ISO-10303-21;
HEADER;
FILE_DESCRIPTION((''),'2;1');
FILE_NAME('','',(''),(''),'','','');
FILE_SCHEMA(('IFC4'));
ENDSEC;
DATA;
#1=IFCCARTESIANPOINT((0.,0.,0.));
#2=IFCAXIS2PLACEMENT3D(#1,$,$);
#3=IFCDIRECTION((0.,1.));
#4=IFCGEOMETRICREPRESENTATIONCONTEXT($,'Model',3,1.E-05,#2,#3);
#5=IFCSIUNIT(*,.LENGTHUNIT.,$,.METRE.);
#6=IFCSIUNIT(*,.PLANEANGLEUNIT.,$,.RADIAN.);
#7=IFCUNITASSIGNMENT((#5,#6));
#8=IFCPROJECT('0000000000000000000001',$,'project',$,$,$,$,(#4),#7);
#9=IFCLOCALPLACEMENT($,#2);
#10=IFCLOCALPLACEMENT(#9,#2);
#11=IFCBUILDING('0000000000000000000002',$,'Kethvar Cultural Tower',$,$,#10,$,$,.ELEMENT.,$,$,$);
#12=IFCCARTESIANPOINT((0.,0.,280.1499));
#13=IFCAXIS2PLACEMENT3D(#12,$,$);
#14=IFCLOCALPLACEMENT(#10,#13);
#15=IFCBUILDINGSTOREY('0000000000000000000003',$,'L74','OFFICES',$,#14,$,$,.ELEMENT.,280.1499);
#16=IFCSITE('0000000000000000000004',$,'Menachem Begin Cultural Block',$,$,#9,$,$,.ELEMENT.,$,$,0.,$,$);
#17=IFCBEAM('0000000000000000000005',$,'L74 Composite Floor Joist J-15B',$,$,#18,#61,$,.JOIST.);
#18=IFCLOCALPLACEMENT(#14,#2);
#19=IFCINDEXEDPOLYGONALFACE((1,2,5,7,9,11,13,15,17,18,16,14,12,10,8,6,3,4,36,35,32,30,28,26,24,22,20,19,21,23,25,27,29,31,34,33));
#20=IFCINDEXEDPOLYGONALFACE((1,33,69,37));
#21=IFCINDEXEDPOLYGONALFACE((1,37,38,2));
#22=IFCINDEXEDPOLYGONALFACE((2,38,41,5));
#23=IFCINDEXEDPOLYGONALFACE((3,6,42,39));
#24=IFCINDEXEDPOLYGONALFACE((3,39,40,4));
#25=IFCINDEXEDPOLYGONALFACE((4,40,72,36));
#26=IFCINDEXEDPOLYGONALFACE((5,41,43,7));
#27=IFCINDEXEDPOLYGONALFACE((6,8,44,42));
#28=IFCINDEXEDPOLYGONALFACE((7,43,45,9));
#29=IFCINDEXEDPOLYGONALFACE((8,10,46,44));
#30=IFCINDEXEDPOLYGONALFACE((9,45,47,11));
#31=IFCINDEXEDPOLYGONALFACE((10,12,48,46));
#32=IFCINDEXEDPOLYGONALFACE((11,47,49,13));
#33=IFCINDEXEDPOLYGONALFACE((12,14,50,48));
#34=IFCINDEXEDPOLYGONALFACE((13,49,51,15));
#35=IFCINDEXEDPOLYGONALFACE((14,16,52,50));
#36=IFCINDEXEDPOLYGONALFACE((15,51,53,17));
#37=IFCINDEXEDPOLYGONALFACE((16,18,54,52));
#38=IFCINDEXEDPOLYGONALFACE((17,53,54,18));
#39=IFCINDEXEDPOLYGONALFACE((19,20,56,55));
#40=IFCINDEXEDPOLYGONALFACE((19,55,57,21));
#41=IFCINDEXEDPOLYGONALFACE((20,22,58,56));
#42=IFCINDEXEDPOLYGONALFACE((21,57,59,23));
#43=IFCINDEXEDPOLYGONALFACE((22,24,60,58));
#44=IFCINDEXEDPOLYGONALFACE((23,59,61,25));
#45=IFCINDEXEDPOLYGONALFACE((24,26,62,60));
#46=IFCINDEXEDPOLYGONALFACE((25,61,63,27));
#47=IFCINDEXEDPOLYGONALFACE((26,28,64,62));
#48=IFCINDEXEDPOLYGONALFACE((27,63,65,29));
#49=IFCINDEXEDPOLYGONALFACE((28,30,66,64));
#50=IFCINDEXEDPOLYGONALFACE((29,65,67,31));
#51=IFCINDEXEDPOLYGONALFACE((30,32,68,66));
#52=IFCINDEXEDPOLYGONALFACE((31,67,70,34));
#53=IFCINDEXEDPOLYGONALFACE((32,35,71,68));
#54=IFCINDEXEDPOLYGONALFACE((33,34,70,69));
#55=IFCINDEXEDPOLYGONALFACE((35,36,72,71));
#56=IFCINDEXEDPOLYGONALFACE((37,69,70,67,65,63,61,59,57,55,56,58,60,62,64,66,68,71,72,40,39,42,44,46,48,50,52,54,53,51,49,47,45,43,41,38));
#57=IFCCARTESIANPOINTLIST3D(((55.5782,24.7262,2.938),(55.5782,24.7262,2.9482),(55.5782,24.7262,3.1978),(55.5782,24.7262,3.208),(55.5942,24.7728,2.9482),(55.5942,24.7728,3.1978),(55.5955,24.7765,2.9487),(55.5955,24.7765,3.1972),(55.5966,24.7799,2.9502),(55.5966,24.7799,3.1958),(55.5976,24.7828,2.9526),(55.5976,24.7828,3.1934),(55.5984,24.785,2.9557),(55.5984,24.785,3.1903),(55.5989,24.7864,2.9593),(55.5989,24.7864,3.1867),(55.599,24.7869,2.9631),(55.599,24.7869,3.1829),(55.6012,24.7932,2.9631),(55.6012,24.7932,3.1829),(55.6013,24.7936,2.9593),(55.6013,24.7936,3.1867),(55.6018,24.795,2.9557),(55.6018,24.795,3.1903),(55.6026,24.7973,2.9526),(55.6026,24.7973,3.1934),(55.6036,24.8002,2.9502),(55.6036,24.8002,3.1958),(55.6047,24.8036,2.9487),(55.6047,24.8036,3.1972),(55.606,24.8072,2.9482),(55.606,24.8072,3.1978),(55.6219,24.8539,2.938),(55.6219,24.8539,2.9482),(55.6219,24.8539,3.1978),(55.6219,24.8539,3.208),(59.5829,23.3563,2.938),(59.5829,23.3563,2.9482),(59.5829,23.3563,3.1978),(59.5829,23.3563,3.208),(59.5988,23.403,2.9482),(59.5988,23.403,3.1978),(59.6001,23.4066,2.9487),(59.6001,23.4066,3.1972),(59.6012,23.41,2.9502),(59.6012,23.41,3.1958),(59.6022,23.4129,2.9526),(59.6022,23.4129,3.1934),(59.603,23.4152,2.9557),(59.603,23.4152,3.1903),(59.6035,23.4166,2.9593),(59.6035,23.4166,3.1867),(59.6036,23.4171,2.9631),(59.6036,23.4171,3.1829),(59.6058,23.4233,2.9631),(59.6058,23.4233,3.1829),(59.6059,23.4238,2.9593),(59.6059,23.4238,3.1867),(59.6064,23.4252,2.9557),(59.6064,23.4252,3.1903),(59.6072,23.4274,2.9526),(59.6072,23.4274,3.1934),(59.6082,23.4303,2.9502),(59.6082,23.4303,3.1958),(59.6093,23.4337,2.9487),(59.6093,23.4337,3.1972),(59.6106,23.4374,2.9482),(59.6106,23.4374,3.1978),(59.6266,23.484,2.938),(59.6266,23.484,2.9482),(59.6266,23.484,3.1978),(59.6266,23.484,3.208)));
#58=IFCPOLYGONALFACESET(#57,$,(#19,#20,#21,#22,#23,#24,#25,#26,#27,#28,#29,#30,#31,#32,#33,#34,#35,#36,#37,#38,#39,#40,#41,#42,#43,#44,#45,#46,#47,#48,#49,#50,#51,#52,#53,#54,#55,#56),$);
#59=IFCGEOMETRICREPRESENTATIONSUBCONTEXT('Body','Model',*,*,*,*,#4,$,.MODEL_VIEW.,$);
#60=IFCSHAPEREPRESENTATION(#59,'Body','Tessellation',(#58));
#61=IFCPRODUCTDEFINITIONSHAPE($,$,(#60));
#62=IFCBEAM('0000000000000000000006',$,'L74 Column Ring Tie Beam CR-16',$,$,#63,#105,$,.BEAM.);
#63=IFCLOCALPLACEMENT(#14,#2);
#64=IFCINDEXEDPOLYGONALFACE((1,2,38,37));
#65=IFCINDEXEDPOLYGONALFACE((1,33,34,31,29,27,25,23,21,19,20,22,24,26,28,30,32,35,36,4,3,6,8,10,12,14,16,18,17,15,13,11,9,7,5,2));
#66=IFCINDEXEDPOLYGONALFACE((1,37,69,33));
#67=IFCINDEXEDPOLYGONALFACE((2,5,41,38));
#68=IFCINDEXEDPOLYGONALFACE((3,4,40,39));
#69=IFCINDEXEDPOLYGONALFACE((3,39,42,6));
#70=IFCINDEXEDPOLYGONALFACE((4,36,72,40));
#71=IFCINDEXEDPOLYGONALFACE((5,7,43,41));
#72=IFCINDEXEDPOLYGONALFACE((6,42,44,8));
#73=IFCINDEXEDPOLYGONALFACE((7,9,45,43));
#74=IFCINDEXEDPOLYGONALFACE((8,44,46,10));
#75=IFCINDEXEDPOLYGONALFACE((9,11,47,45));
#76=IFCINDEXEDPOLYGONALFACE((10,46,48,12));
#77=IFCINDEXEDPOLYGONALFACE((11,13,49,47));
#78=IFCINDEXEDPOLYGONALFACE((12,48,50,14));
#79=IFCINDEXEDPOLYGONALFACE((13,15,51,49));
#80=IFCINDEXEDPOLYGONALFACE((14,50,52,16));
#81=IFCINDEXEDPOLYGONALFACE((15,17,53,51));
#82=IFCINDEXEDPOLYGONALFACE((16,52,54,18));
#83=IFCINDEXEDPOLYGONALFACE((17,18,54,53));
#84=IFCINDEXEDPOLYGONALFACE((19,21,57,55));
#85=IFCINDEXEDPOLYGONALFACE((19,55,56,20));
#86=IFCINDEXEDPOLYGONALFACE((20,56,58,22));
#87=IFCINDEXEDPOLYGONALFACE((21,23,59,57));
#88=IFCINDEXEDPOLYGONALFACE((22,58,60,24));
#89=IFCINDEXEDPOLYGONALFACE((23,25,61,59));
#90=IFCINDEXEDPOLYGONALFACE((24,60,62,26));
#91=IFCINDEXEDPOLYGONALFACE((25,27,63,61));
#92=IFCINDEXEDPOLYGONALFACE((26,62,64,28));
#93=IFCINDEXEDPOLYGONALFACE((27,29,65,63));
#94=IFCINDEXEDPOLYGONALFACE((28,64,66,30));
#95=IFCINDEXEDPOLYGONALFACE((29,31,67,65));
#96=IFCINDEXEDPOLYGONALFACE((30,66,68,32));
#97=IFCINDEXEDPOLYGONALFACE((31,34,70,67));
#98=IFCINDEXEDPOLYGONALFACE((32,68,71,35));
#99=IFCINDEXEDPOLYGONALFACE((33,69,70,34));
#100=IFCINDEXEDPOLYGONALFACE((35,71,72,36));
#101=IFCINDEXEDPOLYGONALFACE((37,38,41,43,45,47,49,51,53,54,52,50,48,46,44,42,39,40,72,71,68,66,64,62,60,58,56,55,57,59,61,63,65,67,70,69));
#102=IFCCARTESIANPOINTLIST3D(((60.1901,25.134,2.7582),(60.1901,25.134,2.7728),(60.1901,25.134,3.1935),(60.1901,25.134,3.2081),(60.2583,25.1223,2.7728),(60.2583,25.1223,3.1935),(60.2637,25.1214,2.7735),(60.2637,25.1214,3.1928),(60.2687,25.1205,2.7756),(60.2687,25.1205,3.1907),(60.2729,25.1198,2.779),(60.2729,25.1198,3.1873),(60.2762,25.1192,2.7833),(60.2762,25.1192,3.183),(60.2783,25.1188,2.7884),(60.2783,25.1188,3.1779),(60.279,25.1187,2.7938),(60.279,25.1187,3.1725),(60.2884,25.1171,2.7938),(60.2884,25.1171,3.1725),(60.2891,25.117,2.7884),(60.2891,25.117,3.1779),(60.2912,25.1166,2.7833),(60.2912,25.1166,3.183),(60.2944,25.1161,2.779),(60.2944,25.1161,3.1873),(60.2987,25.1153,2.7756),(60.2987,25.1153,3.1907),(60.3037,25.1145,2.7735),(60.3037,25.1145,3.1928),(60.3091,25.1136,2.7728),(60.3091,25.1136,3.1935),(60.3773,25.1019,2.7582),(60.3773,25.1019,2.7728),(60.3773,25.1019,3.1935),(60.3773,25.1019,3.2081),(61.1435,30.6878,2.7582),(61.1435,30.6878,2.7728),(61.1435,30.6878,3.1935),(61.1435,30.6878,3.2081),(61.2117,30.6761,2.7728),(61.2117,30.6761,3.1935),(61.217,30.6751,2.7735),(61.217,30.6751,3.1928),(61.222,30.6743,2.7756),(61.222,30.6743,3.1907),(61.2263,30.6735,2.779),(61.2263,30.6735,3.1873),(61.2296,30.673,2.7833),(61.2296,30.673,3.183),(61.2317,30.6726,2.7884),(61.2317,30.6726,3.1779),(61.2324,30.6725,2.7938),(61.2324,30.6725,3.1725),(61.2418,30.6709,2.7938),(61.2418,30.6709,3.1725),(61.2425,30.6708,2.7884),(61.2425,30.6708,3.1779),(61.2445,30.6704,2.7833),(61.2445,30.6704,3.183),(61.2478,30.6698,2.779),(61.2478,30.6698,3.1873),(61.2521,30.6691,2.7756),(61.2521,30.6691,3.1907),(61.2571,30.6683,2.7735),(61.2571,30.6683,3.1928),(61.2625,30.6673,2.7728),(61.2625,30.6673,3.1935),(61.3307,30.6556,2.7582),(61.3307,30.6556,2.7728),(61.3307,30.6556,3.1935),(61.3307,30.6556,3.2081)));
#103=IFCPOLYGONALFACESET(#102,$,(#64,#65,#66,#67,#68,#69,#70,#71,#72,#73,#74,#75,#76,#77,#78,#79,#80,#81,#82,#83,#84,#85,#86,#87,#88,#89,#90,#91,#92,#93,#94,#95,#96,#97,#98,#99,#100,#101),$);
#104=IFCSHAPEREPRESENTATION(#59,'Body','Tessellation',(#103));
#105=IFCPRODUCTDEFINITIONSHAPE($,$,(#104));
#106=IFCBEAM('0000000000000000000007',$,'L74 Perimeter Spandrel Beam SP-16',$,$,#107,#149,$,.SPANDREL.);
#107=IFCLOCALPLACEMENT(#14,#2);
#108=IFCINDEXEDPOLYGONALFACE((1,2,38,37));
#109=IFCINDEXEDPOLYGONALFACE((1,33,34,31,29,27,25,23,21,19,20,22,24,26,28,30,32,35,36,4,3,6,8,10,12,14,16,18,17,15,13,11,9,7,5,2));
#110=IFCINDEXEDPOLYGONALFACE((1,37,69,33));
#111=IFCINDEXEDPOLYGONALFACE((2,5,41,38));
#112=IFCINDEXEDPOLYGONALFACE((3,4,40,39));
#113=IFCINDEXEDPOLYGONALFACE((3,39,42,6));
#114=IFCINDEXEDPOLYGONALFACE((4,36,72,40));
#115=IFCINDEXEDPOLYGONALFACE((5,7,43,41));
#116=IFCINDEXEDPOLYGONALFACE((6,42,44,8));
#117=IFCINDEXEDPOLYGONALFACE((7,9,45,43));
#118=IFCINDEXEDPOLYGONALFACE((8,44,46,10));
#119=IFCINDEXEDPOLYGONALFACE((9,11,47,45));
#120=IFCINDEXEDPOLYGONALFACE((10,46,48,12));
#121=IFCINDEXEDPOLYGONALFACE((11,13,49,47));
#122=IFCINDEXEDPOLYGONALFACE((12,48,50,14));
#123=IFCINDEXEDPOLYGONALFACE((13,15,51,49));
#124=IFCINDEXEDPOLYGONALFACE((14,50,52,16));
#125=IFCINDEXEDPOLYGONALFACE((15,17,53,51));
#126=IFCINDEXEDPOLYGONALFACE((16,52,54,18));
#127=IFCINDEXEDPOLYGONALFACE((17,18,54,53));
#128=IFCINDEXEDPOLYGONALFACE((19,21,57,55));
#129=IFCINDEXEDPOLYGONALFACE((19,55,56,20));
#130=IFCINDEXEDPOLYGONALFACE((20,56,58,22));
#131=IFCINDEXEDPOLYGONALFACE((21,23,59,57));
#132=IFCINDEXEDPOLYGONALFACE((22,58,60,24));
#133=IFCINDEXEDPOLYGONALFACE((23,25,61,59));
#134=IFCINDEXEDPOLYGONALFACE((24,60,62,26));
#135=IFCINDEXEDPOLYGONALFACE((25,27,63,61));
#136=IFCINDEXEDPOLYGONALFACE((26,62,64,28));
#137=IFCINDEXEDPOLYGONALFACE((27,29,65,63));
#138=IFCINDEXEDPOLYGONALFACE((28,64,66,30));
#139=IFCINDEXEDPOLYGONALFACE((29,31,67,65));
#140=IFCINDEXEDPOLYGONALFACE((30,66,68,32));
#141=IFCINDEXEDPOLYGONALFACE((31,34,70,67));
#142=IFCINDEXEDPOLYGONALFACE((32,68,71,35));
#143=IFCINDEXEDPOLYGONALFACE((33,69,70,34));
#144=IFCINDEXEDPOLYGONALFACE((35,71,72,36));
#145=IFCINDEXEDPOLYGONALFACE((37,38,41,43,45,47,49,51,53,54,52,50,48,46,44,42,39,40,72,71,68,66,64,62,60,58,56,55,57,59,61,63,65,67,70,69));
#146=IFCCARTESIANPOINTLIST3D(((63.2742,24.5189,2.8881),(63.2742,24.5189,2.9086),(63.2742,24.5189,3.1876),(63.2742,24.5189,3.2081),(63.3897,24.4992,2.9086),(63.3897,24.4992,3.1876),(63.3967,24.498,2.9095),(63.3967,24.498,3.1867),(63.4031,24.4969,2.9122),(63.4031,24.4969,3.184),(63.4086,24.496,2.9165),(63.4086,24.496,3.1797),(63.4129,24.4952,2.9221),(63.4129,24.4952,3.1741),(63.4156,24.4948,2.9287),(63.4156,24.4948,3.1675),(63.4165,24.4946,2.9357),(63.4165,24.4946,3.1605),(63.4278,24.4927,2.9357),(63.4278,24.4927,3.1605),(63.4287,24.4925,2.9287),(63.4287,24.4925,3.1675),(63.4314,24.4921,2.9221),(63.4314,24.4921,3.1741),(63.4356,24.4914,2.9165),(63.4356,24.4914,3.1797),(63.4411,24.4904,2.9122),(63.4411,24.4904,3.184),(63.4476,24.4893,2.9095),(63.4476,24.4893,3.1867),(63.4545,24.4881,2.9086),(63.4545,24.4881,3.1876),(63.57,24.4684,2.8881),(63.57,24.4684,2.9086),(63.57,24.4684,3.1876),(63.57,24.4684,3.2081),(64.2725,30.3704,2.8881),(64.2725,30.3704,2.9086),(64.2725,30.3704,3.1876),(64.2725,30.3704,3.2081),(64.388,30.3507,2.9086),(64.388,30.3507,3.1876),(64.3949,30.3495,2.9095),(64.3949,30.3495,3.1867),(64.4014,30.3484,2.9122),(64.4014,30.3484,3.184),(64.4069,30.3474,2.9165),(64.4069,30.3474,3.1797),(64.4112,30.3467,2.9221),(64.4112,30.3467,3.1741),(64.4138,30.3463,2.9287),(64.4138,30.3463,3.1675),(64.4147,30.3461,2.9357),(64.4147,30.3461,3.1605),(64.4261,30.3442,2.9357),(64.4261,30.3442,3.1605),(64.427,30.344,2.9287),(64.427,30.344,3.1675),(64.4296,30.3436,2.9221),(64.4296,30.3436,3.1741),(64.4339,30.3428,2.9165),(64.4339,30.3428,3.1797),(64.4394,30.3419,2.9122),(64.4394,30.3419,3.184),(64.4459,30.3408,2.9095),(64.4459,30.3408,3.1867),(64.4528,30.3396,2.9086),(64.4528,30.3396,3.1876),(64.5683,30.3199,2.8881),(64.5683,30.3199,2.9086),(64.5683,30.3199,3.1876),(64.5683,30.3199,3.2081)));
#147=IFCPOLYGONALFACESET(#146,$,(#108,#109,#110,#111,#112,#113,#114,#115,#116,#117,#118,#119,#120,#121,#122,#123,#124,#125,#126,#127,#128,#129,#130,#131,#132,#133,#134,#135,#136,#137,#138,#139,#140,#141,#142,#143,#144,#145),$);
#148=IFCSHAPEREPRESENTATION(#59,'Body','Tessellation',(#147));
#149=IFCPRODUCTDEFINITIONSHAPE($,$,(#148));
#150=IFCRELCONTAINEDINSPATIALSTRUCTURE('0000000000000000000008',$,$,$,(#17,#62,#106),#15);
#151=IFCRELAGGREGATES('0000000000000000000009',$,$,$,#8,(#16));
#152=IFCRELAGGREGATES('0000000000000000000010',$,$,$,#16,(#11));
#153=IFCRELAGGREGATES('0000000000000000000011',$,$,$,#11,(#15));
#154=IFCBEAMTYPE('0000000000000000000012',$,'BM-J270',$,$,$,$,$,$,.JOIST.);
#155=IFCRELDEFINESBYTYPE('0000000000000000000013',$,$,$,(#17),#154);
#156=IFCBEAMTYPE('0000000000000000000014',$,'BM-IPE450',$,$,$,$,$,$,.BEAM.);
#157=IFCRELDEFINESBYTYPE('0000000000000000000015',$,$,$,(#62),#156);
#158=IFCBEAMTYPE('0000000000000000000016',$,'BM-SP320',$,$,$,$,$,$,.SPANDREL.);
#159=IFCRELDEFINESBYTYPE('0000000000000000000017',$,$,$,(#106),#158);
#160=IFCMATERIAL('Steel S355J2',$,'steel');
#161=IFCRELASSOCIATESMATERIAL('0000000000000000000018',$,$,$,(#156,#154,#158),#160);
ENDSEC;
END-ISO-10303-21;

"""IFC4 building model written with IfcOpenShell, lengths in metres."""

from ifc_helpers import new_model, si_unit, direction, frame, origin, origin_2d, place, context, subcontext, project, spatial, i_section, extrude, source, transform, mapped, material, material_profile, profile_set, type_object, element, save


model = new_model("IFC4")

# Units and contexts
model_context = context("Model", 3, precision=1e-05, world=origin(), true_north=direction((0.0, 1.0)))
body_context = subcontext(model_context, "Body", "Model", "MODEL_VIEW")
ifc_project = project(units=[si_unit("LENGTHUNIT", "METRE"), si_unit("PLANEANGLEUNIT", "RADIAN")], contexts=[model_context])

# Site, building, storey
site_placement = place(None, origin())
site = spatial("IfcSite", under=ifc_project, at=site_placement, Name="Menachem Begin Cultural Block", CompositionType="ELEMENT", RefElevation=0.0)
building_placement = place(site_placement, origin())
building = spatial("IfcBuilding", under=site, at=building_placement, Name="Kethvar Cultural Tower", CompositionType="ELEMENT")
storey_placement = place(building_placement, frame((0.0, 0.0, 280.1499)))
storey = spatial("IfcBuildingStorey", under=building, at=storey_placement, Name="L74", Description="OFFICES", CompositionType="ELEMENT", Elevation=280.1499)

# Shared definitions
ifc_material_1 = material(Name="Steel S355J2", Category="steel")

# Beams
ifc_material_profile_1 = material_profile(ifc_material_1, i_section(OverallWidth=0.1899, OverallDepth=0.45, WebThickness=0.0095, FlangeThickness=0.0146, FilletRadius=0.021, at=origin_2d()), Name="Steel S355J2 — IPE450")
ifc_profile_set_1 = profile_set([ifc_material_profile_1], Name="Steel S355J2 — IPE450")
beam_type_1 = type_object("IfcBeamType", Name="BM-IPE450", PredefinedType="BEAM", material=ifc_profile_set_1)
ifc_material_profile_2 = material_profile(ifc_material_1, i_section(OverallWidth=0.135, OverallDepth=0.27, WebThickness=0.0066, FlangeThickness=0.0103, FilletRadius=0.0149, at=origin_2d()), Name="Steel S355J2 — IPE270")
ifc_profile_set_2 = profile_set([ifc_material_profile_2], Name="Steel S355J2 — IPE270")
beam_type_2 = type_object("IfcBeamType", Name="BM-J270", PredefinedType="JOIST", material=ifc_profile_set_2)
shared_shape_1 = source(origin(), body_context, "Body", "SweptSolid", [
    extrude(i_section(OverallWidth=0.135, OverallDepth=0.27, WebThickness=0.0066, FlangeThickness=0.0103, FilletRadius=0.0149, at=origin_2d()), origin(), (0.0, 0.0, 1.0), 4.2324),
])
beam_1_placement = place(storey_placement, frame((55.6001, 24.79, 3.073), z_axis=(0.946174, -0.323659, 0.0), x_axis=(0.323659, 0.946174, 0.0)))
element("IfcBeam", 1, at=beam_1_placement, inside=storey, type_object=beam_type_2, Name="L74 Composite Floor Joist J-15B", PredefinedType="JOIST", context=body_context, shape_type="MappedRepresentation", body=[
    mapped(shared_shape_1, transform((0.0, 0.0, 0.0), scale=1.0)),
])
shared_shape_2 = source(origin(), body_context, "Body", "SweptSolid", [
    extrude(i_section(OverallWidth=0.1899, OverallDepth=0.45, WebThickness=0.0095, FlangeThickness=0.0146, FilletRadius=0.021, at=origin_2d()), origin(), (0.0, 0.0, 1.0), 5.635),
])
beam_2_placement = place(storey_placement, frame((60.2837, 25.1179, 2.9832), z_axis=(0.169189, 0.985584, 0.0), x_axis=(-0.985584, 0.169189, 0.0)))
element("IfcBeam", 2, at=beam_2_placement, inside=storey, type_object=beam_type_1, Name="L74 Column Ring Tie Beam CR-16", PredefinedType="BEAM", context=body_context, shape_type="MappedRepresentation", body=[
    mapped(shared_shape_2, transform((0.0, 0.0, 0.0), scale=1.0)),
])
ifc_material_profile_3 = material_profile(ifc_material_1, i_section(OverallWidth=0.3, OverallDepth=0.3201, WebThickness=0.0115, FlangeThickness=0.0205, FilletRadius=0.0271, at=origin_2d()), Name="Steel S355J2 — HEB320")
ifc_profile_set_3 = profile_set([ifc_material_profile_3], Name="Steel S355J2 — HEB320")
beam_type_3 = type_object("IfcBeamType", Name="BM-SP320", PredefinedType="SPANDREL", material=ifc_profile_set_3)
shared_shape_3 = source(origin(), body_context, "Body", "SweptSolid", [
    extrude(i_section(OverallWidth=0.3, OverallDepth=0.3201, WebThickness=0.0115, FlangeThickness=0.0205, FilletRadius=0.0271, at=origin_2d()), origin(), (0.0, 0.0, 1.0), 5.936),
])
beam_3_placement = place(storey_placement, frame((63.4221, 24.4937, 3.0481), z_axis=(0.168173, 0.985758, 0.0), x_axis=(-0.985758, 0.168173, 0.0)))
element("IfcBeam", 3, at=beam_3_placement, inside=storey, type_object=beam_type_3, Name="L74 Perimeter Spandrel Beam SP-16", PredefinedType="SPANDREL", context=body_context, shape_type="MappedRepresentation", body=[
    mapped(shared_shape_3, transform((0.0, 0.0, 0.0), scale=1.0)),
])

save(model, "model.ifc")
